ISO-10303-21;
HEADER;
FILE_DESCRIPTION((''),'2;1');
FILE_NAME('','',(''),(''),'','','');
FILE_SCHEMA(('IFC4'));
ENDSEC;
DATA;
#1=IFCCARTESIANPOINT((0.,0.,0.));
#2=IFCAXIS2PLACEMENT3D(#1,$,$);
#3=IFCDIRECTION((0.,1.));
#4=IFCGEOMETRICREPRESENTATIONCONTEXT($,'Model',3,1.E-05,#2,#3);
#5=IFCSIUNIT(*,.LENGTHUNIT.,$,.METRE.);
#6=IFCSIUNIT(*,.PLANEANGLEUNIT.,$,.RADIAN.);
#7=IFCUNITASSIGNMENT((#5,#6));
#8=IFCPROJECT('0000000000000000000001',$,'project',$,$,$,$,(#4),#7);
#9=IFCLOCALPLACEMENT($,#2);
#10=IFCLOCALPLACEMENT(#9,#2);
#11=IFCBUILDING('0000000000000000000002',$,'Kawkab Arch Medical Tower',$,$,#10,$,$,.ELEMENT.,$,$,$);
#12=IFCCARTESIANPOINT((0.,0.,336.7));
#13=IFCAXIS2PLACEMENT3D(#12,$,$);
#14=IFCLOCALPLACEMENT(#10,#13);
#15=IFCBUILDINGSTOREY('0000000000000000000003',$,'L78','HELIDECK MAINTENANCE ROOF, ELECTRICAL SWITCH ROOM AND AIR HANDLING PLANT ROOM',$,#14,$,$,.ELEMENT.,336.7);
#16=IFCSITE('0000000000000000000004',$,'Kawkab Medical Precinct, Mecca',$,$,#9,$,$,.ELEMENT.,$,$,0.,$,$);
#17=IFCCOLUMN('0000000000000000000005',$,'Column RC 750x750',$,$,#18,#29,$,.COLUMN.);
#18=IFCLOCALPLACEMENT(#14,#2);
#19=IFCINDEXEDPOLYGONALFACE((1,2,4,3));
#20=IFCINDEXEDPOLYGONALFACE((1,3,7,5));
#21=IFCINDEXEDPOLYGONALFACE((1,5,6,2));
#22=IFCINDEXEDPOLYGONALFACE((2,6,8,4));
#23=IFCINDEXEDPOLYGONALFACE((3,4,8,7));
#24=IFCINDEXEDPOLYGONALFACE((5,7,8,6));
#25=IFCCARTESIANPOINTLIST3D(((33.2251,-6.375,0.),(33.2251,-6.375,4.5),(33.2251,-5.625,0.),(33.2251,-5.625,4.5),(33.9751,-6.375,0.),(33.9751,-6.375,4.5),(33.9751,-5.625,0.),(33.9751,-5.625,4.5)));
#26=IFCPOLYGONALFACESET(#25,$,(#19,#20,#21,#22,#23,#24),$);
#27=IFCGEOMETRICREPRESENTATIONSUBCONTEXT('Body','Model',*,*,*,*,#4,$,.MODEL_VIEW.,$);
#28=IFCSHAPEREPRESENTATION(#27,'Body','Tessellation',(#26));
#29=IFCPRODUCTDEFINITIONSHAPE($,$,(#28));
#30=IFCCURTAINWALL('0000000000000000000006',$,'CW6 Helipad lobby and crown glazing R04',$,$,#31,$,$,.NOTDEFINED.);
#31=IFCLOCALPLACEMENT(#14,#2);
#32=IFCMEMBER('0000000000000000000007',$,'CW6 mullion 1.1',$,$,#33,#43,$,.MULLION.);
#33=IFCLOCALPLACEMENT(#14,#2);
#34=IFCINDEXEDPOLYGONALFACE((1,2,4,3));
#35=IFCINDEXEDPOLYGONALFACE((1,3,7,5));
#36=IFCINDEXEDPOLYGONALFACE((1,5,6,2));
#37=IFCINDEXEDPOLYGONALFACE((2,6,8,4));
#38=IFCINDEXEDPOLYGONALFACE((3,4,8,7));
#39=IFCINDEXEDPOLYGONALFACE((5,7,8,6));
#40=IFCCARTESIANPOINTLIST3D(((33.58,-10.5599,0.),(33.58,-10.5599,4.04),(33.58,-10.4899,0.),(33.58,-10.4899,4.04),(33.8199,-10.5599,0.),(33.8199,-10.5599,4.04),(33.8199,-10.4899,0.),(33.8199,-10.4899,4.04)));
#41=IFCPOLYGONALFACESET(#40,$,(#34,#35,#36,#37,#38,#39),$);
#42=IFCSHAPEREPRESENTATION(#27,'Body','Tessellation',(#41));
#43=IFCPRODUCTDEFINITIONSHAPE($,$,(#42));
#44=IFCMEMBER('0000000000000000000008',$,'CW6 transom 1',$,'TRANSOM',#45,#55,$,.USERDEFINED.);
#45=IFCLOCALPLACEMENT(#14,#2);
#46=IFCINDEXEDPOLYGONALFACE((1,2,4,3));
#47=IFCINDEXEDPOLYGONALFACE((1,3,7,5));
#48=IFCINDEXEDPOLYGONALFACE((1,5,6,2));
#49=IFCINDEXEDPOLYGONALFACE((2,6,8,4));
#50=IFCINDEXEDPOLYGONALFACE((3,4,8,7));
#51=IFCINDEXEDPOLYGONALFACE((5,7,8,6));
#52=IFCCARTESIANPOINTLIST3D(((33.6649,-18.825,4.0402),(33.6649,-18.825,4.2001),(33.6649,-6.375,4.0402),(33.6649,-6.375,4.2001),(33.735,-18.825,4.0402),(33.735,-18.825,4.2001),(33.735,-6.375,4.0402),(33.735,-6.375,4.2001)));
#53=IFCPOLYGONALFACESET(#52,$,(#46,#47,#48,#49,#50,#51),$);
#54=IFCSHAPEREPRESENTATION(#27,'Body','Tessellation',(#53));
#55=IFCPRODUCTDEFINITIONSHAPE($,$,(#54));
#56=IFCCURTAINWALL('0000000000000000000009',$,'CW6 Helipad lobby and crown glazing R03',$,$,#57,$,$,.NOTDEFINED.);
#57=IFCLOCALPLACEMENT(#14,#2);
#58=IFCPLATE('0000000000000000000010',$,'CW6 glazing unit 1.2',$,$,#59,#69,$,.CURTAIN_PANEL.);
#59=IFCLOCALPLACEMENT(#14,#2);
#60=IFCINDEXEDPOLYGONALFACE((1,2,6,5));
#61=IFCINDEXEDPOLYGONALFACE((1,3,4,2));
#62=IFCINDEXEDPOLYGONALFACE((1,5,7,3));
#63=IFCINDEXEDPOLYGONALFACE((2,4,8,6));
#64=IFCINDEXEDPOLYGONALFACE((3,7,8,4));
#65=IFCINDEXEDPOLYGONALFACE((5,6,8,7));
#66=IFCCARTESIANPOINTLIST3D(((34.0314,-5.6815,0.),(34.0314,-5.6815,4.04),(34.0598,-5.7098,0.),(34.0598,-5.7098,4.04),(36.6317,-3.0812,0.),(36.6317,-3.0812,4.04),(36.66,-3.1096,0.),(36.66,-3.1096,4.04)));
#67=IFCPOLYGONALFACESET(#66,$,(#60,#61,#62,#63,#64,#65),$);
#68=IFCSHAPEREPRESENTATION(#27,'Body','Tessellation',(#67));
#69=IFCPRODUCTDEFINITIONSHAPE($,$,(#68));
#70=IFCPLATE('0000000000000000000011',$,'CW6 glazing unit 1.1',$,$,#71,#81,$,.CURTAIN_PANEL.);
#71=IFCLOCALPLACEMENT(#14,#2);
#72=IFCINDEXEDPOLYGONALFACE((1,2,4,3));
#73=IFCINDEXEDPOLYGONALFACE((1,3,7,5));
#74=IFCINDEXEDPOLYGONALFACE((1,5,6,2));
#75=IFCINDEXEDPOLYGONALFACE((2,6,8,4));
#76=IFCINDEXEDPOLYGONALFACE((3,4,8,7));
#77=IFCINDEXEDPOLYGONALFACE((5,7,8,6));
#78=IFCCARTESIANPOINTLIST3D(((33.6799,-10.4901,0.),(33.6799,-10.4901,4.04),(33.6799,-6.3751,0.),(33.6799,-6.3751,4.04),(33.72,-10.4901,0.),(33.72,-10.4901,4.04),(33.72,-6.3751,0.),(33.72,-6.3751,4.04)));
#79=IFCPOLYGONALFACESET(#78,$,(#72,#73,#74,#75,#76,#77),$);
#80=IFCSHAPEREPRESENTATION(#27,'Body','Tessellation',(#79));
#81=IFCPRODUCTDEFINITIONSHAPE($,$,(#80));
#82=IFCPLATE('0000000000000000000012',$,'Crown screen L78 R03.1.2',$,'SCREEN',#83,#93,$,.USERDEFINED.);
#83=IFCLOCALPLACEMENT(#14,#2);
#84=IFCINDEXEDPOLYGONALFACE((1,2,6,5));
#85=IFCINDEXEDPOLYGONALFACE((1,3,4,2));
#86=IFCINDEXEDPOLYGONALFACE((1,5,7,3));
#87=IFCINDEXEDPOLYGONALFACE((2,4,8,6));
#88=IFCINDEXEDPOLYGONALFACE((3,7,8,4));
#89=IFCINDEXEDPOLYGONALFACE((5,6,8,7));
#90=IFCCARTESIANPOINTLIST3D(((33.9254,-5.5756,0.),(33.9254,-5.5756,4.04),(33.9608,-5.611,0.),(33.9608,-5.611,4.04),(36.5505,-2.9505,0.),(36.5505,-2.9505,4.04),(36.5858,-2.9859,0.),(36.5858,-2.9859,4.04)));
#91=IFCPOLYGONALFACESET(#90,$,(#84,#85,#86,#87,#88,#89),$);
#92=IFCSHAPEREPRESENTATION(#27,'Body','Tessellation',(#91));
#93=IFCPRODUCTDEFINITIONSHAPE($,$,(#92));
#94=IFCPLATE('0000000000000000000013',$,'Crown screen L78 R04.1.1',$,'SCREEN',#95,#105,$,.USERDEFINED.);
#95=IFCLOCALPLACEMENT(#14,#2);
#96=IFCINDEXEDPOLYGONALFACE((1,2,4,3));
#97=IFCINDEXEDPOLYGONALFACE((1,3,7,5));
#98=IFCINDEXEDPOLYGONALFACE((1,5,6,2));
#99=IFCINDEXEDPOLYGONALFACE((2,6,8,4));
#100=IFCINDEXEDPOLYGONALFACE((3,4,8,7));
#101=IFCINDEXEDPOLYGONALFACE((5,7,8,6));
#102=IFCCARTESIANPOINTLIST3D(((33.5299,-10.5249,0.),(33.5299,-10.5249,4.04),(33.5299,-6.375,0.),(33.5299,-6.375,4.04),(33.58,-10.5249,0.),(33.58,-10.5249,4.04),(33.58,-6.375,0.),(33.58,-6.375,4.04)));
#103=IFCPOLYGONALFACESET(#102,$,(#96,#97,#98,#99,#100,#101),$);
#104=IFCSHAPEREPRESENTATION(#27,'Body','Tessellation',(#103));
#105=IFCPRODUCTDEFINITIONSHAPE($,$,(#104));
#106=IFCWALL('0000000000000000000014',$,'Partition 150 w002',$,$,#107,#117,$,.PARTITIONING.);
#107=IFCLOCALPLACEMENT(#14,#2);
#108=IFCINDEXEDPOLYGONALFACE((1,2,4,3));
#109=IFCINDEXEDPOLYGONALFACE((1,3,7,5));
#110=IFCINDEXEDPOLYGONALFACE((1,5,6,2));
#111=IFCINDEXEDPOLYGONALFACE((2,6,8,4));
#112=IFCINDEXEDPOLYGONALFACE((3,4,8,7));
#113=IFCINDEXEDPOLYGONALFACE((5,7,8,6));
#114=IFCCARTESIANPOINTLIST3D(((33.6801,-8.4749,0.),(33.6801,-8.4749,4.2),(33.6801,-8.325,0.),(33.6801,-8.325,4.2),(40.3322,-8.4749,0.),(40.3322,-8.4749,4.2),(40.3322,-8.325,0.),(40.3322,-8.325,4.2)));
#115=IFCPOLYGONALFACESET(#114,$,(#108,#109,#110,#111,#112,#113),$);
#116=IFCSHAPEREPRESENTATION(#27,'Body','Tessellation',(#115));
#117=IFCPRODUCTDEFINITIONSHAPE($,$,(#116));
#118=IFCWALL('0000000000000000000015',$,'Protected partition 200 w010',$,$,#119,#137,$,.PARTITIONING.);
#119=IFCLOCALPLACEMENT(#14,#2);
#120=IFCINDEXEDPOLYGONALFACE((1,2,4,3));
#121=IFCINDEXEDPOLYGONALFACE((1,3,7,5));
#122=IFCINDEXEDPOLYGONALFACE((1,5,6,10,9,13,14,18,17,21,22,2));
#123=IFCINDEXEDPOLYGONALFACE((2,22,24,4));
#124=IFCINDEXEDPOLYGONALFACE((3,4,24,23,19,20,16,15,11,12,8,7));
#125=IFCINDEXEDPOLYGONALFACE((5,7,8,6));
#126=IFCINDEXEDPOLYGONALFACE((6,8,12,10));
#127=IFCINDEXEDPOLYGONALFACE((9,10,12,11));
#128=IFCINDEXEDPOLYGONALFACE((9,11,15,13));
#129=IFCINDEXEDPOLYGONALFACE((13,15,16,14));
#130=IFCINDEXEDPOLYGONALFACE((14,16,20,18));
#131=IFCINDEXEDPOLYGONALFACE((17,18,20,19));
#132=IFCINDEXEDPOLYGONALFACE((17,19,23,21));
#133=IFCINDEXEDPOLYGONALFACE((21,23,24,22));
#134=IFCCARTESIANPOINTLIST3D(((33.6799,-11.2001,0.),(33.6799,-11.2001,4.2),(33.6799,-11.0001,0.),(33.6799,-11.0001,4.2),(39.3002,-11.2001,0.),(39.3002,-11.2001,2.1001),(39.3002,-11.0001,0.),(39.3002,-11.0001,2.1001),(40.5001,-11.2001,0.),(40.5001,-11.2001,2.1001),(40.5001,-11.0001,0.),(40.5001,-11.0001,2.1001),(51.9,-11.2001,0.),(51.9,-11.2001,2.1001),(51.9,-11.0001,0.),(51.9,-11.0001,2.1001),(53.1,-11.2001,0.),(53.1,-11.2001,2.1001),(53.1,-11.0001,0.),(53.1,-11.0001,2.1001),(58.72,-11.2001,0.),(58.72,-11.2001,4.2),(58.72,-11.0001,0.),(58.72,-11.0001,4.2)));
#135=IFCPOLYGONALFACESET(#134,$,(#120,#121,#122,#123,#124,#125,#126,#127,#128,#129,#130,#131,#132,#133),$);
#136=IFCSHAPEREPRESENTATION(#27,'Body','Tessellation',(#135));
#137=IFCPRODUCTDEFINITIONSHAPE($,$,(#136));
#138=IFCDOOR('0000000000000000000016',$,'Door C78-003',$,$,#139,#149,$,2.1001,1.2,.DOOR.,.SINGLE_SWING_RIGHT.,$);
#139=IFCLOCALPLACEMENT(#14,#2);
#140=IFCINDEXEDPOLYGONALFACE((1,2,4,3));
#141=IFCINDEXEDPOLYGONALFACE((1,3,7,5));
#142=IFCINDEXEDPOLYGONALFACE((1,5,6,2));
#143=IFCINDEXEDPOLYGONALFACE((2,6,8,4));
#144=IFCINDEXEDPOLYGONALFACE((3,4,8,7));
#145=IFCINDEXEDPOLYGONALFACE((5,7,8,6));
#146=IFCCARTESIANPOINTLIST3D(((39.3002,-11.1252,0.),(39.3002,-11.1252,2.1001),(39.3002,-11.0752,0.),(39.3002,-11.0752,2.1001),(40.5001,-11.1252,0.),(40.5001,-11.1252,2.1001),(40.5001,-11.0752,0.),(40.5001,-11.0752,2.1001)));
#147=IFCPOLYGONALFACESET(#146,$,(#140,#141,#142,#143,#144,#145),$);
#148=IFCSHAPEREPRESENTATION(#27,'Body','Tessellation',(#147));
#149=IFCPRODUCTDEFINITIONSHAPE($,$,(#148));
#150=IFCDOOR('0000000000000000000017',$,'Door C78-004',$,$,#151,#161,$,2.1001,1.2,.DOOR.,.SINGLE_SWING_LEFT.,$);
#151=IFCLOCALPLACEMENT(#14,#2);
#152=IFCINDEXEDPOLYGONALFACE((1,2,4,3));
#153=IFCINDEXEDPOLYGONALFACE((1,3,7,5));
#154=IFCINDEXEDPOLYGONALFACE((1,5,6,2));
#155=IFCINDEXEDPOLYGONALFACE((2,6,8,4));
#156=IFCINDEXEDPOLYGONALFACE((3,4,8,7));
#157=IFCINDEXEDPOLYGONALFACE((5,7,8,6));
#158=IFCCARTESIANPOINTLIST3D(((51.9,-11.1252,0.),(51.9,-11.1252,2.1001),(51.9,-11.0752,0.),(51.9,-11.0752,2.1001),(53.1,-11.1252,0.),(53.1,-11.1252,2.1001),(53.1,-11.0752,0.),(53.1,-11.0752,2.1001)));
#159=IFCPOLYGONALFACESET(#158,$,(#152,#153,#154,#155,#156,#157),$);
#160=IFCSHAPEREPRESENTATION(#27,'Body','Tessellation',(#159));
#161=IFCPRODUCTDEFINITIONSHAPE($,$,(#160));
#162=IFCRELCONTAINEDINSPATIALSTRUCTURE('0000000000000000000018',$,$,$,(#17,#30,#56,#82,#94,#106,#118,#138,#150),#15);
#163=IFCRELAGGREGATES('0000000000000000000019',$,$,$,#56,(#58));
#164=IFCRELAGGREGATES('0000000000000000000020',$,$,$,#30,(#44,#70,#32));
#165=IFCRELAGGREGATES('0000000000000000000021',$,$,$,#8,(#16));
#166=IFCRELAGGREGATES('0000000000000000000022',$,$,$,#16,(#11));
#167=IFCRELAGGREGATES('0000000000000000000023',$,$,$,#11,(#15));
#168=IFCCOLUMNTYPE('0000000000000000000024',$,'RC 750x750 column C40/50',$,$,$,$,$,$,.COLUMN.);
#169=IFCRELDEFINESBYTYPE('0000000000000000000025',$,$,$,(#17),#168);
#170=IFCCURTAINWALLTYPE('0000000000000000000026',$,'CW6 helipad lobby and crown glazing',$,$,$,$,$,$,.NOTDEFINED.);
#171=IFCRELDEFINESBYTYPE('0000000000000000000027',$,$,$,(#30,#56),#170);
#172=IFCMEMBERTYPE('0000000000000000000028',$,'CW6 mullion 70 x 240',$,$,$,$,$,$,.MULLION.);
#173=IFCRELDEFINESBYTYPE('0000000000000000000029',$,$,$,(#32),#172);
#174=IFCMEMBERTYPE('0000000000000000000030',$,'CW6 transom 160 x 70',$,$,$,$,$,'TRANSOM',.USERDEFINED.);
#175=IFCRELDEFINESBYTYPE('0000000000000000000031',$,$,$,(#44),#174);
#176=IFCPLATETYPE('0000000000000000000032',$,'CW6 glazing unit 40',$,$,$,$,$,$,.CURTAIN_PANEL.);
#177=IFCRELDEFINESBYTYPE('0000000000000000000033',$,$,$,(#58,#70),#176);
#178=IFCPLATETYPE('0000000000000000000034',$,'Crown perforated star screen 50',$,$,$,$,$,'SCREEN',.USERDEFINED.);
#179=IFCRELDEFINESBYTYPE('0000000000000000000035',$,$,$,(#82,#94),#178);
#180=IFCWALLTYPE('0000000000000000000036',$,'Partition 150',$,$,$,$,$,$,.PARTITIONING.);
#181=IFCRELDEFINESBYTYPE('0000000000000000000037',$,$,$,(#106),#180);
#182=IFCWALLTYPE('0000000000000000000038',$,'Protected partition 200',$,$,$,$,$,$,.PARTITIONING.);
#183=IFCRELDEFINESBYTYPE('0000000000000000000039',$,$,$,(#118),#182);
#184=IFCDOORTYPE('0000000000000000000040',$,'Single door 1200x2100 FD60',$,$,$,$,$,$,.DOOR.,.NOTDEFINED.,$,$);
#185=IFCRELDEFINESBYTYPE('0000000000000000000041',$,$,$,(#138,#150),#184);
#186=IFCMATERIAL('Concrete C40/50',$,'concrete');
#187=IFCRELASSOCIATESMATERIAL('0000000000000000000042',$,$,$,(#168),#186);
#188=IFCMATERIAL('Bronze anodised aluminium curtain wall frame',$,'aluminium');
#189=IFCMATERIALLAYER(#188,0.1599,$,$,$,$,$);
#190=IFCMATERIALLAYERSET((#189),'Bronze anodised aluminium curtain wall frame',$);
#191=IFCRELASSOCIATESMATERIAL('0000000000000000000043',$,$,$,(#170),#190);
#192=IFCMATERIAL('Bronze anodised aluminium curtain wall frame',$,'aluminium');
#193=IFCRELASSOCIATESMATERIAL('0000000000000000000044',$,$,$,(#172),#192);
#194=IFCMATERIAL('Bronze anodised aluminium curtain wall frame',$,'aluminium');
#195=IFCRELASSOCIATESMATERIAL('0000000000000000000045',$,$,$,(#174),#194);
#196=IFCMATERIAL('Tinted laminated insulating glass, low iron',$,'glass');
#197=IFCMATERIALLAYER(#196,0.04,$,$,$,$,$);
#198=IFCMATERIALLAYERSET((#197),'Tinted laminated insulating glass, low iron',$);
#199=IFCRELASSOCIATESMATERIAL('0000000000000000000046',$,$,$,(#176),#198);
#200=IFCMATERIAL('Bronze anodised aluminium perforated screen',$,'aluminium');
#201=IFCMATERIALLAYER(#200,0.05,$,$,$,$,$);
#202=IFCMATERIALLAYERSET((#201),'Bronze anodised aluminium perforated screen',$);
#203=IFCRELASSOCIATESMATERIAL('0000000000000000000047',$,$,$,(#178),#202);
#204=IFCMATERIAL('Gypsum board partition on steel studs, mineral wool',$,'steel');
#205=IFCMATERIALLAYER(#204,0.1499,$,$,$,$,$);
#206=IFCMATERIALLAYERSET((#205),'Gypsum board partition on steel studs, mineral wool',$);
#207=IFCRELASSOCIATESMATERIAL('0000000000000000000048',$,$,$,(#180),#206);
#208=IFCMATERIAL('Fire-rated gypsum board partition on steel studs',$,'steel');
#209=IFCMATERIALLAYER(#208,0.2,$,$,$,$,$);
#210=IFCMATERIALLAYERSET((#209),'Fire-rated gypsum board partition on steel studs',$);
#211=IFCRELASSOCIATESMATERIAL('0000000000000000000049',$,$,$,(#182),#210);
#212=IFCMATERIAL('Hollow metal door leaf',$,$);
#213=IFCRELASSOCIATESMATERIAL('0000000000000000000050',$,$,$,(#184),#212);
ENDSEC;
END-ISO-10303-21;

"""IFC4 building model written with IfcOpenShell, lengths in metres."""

from ifc_helpers import new_model, si_unit, direction, frame, frame_2d, origin, origin_2d, place, context, subcontext, project, spatial, rectangle, extrude, material, layer, layer_set, material_profile, profile_set, type_object, element, fill, aggregate, save


model = new_model("IFC4")

# Units and contexts
model_context = context("Model", 3, precision=1e-05, world=origin(), true_north=direction((0.0, 1.0)))
body_context = subcontext(model_context, "Body", "Model", "MODEL_VIEW")
ifc_project = project(units=[si_unit("LENGTHUNIT", "METRE"), si_unit("PLANEANGLEUNIT", "RADIAN")], contexts=[model_context])

# Site, building, storey
site_placement = place(None, origin())
site = spatial("IfcSite", under=ifc_project, at=site_placement, Name="Kawkab Medical Precinct, Mecca", CompositionType="ELEMENT", RefElevation=0.0)
building_placement = place(site_placement, origin())
building = spatial("IfcBuilding", under=site, at=building_placement, Name="Kawkab Arch Medical Tower", CompositionType="ELEMENT")
storey_placement = place(building_placement, frame((0.0, 0.0, 336.7)))
storey = spatial("IfcBuildingStorey", under=building, at=storey_placement, Name="L78", Description="HELIDECK MAINTENANCE ROOF, ELECTRICAL SWITCH ROOM AND AIR HANDLING PLANT ROOM", CompositionType="ELEMENT", Elevation=336.7)

# Column
ifc_material_1 = material(Name="Concrete C40/50", Category="concrete")
ifc_material_profile_1 = material_profile(ifc_material_1, rectangle(XDim=0.75, YDim=0.75, at=origin_2d()), Name="RC 750x750")
ifc_profile_set_1 = profile_set([ifc_material_profile_1], Name="Concrete C40/50")
column_type = type_object("IfcColumnType", Name="RC 750x750 column C40/50", PredefinedType="COLUMN", material=ifc_profile_set_1)
column_placement = place(storey_placement, frame((33.6001, -6.0, 0.0), z_axis=(0.0, 0.0, 1.0), x_axis=(1.0, 0.0, 0.0)))
element("IfcColumn", 1, at=column_placement, inside=storey, type_object=column_type, Name="Column RC 750x750", PredefinedType="COLUMN", context=body_context, shape_type="SweptSolid", body=[
    extrude(rectangle(XDim=0.75, YDim=0.75, at=origin_2d()), origin(), (0.0, 0.0, 1.0), 4.5),
])

# Curtain wall, members
ifc_material_2 = material(Name="Bronze anodised aluminium curtain wall frame", Category="aluminium")
ifc_layer_1 = layer(ifc_material_2, 0.1599)
ifc_layer_set_1 = layer_set([ifc_layer_1], Name="Bronze anodised aluminium curtain wall frame")
curtain_wall_type = type_object("IfcCurtainWallType", Name="CW6 helipad lobby and crown glazing", PredefinedType="NOTDEFINED", material=ifc_layer_set_1)
placement = place(storey_placement, origin())
curtain_wall_1 = element("IfcCurtainWall", 2, at=placement, inside=storey, type_object=curtain_wall_type, Name="CW6 Helipad lobby and crown glazing R04", PredefinedType="NOTDEFINED")
ifc_material_3 = material(Name="Bronze anodised aluminium curtain wall frame", Category="aluminium")
ifc_material_profile_2 = material_profile(ifc_material_3, rectangle(XDim=0.24, YDim=0.0701, at=origin_2d()), Name="AL 70x240")
ifc_profile_set_2 = profile_set([ifc_material_profile_2], Name="Bronze anodised aluminium curtain wall frame")
member_type_1 = type_object("IfcMemberType", Name="CW6 mullion 70 x 240", PredefinedType="MULLION", material=ifc_profile_set_2)
member_1_placement = place(storey_placement, frame((33.7, -10.5249, 0.0), z_axis=(0.0, 0.0, 1.0), x_axis=(1.0, 0.0, 0.0)))
member_1 = element("IfcMember", 3, at=member_1_placement, type_object=member_type_1, Name="CW6 mullion 1.1", PredefinedType="MULLION", context=body_context, shape_type="SweptSolid", body=[
    extrude(rectangle(XDim=0.24, YDim=0.0701, at=origin_2d()), origin(), (0.0, 0.0, 1.0), 4.04),
])
ifc_material_4 = material(Name="Bronze anodised aluminium curtain wall frame", Category="aluminium")
ifc_material_profile_3 = material_profile(ifc_material_4, rectangle(XDim=0.0701, YDim=0.1599, at=origin_2d()), Name="AL 70x160")
ifc_profile_set_3 = profile_set([ifc_material_profile_3], Name="Bronze anodised aluminium curtain wall frame")
member_type_2 = type_object("IfcMemberType", Name="CW6 transom 160 x 70", ElementType="TRANSOM", PredefinedType="USERDEFINED", material=ifc_profile_set_3)
member_2_placement = place(storey_placement, frame((33.7, -6.375, 4.1201), z_axis=(0.0, -1.0, 0.0), x_axis=(1.0, 0.0, 0.0)))
member_2 = element("IfcMember", 4, at=member_2_placement, type_object=member_type_2, Name="CW6 transom 1", ObjectType="TRANSOM", PredefinedType="USERDEFINED", context=body_context, shape_type="SweptSolid", body=[
    extrude(rectangle(XDim=0.0701, YDim=0.1599, at=origin_2d()), origin(), (0.0, 0.0, 1.0), 12.45),
])

# Curtain wall, plate
curtain_wall_2 = element("IfcCurtainWall", 5, at=placement, inside=storey, type_object=curtain_wall_type, Name="CW6 Helipad lobby and crown glazing R03", PredefinedType="NOTDEFINED")
ifc_material_5 = material(Name="Tinted laminated insulating glass, low iron", Category="glass")
ifc_layer_2 = layer(ifc_material_5, 0.04)
ifc_layer_set_2 = layer_set([ifc_layer_2], Name="Tinted laminated insulating glass, low iron")
plate_type_1 = type_object("IfcPlateType", Name="CW6 glazing unit 40", PredefinedType="CURTAIN_PANEL", material=ifc_layer_set_2)
plate_1_placement = place(storey_placement, frame((35.3457, -4.3955, 0.0), z_axis=(0.0, 0.0, 1.0), x_axis=(-0.707107, -0.707107, 0.0)))
plate_1 = element("IfcPlate", 6, at=plate_1_placement, type_object=plate_type_1, Name="CW6 glazing unit 1.2", PredefinedType="CURTAIN_PANEL", context=body_context, shape_type="SweptSolid", body=[
    extrude(rectangle(XDim=3.6772, YDim=0.04, at=origin_2d()), origin(), (0.0, 0.0, 1.0), 4.04),
])
aggregate(curtain_wall_2, [plate_1])

# Plate
plate_2_placement = place(storey_placement, frame((33.7, -8.4326, 0.0), z_axis=(0.0, 0.0, 1.0), x_axis=(0.0, -1.0, 0.0)))
plate_2 = element("IfcPlate", 7, at=plate_2_placement, type_object=plate_type_1, Name="CW6 glazing unit 1.1", PredefinedType="CURTAIN_PANEL", context=body_context, shape_type="SweptSolid", body=[
    extrude(rectangle(XDim=4.115, YDim=0.04, at=origin_2d()), origin(), (0.0, 0.0, 1.0), 4.04),
])
aggregate(curtain_wall_1, [member_2, plate_2, member_1])

# Plates
ifc_material_6 = material(Name="Bronze anodised aluminium perforated screen", Category="aluminium")
ifc_layer_3 = layer(ifc_material_6, 0.05)
ifc_layer_set_3 = layer_set([ifc_layer_3], Name="Bronze anodised aluminium perforated screen")
plate_type_2 = type_object("IfcPlateType", Name="Crown perforated star screen 50", ElementType="SCREEN", PredefinedType="USERDEFINED", material=ifc_layer_set_3)
plate_3_placement = place(storey_placement, frame((35.2556, -4.2808, 0.0), z_axis=(0.0, 0.0, 1.0), x_axis=(-0.707107, -0.707107, 0.0)))
element("IfcPlate", 8, at=plate_3_placement, inside=storey, type_object=plate_type_2, Name="Crown screen L78 R03.1.2", ObjectType="SCREEN", PredefinedType="USERDEFINED", context=body_context, shape_type="SweptSolid", body=[
    extrude(rectangle(XDim=3.7124, YDim=0.05, at=origin_2d()), origin(), (0.0, 0.0, 1.0), 4.04),
])
plate_4_placement = place(storey_placement, frame((33.5549, -8.45, 0.0), z_axis=(0.0, 0.0, 1.0), x_axis=(0.0, -1.0, 0.0)))
element("IfcPlate", 9, at=plate_4_placement, inside=storey, type_object=plate_type_2, Name="Crown screen L78 R04.1.1", ObjectType="SCREEN", PredefinedType="USERDEFINED", context=body_context, shape_type="SweptSolid", body=[
    extrude(rectangle(XDim=4.1499, YDim=0.05, at=origin_2d()), origin(), (0.0, 0.0, 1.0), 4.04),
])

# Wall
ifc_material_7 = material(Name="Gypsum board partition on steel studs, mineral wool", Category="steel")
ifc_layer_4 = layer(ifc_material_7, 0.1499)
ifc_layer_set_4 = layer_set([ifc_layer_4], Name="Gypsum board partition on steel studs, mineral wool")
wall_type_1 = type_object("IfcWallType", Name="Partition 150", PredefinedType="PARTITIONING", material=ifc_layer_set_4)
wall_1_placement = place(storey_placement, frame((33.6799, -8.3999, 0.0), z_axis=(0.0, 0.0, 1.0), x_axis=(1.0, 0.0, 0.0)))
element("IfcWall", 10, at=wall_1_placement, inside=storey, type_object=wall_type_1, Name="Partition 150 w002", PredefinedType="PARTITIONING", context=body_context, shape_type="SweptSolid", body=[
    extrude(rectangle(XDim=6.6521, YDim=0.1499, at=frame_2d((3.3262, 0.0))), origin(), (0.0, 0.0, 1.0), 4.2),
])

# Wall, openings, doors
ifc_material_8 = material(Name="Fire-rated gypsum board partition on steel studs", Category="steel")
ifc_layer_5 = layer(ifc_material_8, 0.2)
ifc_layer_set_5 = layer_set([ifc_layer_5], Name="Fire-rated gypsum board partition on steel studs")
wall_type_2 = type_object("IfcWallType", Name="Protected partition 200", PredefinedType="PARTITIONING", material=ifc_layer_set_5)
wall_2_placement = place(storey_placement, frame((33.6799, -11.1001, 0.0), z_axis=(0.0, 0.0, 1.0), x_axis=(1.0, 0.0, 0.0)))
wall_2 = element("IfcWall", 11, at=wall_2_placement, inside=storey, type_object=wall_type_2, Name="Protected partition 200 w010", PredefinedType="PARTITIONING", context=body_context, shape_type="SweptSolid", body=[
    extrude(rectangle(XDim=25.04, YDim=0.2, at=frame_2d((12.52, 0.0))), origin(), (0.0, 0.0, 1.0), 4.2),
])
opening_1_placement = place(wall_2_placement, frame((5.6201, 0.0, 0.0)))
opening_1 = element("IfcOpeningElement", 12, at=opening_1_placement, cuts=wall_2, PredefinedType="OPENING", context=body_context, shape_type="SweptSolid", body=[
    extrude(rectangle(XDim=1.2, YDim=2.1001, at=frame_2d((0.6001, 1.05))), frame((0.0, 0.1099, 0.0), z_axis=(0.0, -1.0, 0.0), x_axis=(1.0, 0.0, 0.0)), (0.0, 0.0, 1.0), 0.22),
])
opening_2_placement = place(wall_2_placement, frame((18.22, 0.0, 0.0)))
opening_2 = element("IfcOpeningElement", 13, at=opening_2_placement, cuts=wall_2, PredefinedType="OPENING", context=body_context, shape_type="SweptSolid", body=[
    extrude(rectangle(XDim=1.2, YDim=2.1001, at=frame_2d((0.6001, 1.05))), frame((0.0, 0.1099, 0.0), z_axis=(0.0, -1.0, 0.0), x_axis=(1.0, 0.0, 0.0)), (0.0, 0.0, 1.0), 0.22),
])
ifc_material_9 = material(Name="Hollow metal door leaf")
door_type_1 = type_object("IfcDoorType", Name="Single door 1200x2100 FD60", OperationType="NOTDEFINED", PredefinedType="DOOR", material=ifc_material_9)
door_1_placement = place(opening_1_placement, origin())
door_1 = element("IfcDoor", 14, at=door_1_placement, inside=storey, type_object=door_type_1, Name="Door C78-003", OperationType="SINGLE_SWING_RIGHT", OverallHeight=2.1001, OverallWidth=1.2, PredefinedType="DOOR", context=body_context, shape_type="SweptSolid", body=[
    extrude(rectangle(XDim=1.2, YDim=2.1001, at=frame_2d((0.6001, 1.05))), frame((0.0, 0.0249, 0.0), z_axis=(0.0, -1.0, 0.0), x_axis=(1.0, 0.0, 0.0)), (0.0, 0.0, 1.0), 0.05),
])
fill(opening_1, door_1)
door_2_placement = place(opening_2_placement, origin())
door_2 = element("IfcDoor", 15, at=door_2_placement, inside=storey, type_object=door_type_1, Name="Door C78-004", OperationType="SINGLE_SWING_LEFT", OverallHeight=2.1001, OverallWidth=1.2, PredefinedType="DOOR", context=body_context, shape_type="SweptSolid", body=[
    extrude(rectangle(XDim=1.2, YDim=2.1001, at=frame_2d((0.6001, 1.05))), frame((0.0, 0.0249, 0.0), z_axis=(0.0, -1.0, 0.0), x_axis=(1.0, 0.0, 0.0)), (0.0, 0.0, 1.0), 0.05),
])
fill(opening_2, door_2)

save(model, "model.ifc")
